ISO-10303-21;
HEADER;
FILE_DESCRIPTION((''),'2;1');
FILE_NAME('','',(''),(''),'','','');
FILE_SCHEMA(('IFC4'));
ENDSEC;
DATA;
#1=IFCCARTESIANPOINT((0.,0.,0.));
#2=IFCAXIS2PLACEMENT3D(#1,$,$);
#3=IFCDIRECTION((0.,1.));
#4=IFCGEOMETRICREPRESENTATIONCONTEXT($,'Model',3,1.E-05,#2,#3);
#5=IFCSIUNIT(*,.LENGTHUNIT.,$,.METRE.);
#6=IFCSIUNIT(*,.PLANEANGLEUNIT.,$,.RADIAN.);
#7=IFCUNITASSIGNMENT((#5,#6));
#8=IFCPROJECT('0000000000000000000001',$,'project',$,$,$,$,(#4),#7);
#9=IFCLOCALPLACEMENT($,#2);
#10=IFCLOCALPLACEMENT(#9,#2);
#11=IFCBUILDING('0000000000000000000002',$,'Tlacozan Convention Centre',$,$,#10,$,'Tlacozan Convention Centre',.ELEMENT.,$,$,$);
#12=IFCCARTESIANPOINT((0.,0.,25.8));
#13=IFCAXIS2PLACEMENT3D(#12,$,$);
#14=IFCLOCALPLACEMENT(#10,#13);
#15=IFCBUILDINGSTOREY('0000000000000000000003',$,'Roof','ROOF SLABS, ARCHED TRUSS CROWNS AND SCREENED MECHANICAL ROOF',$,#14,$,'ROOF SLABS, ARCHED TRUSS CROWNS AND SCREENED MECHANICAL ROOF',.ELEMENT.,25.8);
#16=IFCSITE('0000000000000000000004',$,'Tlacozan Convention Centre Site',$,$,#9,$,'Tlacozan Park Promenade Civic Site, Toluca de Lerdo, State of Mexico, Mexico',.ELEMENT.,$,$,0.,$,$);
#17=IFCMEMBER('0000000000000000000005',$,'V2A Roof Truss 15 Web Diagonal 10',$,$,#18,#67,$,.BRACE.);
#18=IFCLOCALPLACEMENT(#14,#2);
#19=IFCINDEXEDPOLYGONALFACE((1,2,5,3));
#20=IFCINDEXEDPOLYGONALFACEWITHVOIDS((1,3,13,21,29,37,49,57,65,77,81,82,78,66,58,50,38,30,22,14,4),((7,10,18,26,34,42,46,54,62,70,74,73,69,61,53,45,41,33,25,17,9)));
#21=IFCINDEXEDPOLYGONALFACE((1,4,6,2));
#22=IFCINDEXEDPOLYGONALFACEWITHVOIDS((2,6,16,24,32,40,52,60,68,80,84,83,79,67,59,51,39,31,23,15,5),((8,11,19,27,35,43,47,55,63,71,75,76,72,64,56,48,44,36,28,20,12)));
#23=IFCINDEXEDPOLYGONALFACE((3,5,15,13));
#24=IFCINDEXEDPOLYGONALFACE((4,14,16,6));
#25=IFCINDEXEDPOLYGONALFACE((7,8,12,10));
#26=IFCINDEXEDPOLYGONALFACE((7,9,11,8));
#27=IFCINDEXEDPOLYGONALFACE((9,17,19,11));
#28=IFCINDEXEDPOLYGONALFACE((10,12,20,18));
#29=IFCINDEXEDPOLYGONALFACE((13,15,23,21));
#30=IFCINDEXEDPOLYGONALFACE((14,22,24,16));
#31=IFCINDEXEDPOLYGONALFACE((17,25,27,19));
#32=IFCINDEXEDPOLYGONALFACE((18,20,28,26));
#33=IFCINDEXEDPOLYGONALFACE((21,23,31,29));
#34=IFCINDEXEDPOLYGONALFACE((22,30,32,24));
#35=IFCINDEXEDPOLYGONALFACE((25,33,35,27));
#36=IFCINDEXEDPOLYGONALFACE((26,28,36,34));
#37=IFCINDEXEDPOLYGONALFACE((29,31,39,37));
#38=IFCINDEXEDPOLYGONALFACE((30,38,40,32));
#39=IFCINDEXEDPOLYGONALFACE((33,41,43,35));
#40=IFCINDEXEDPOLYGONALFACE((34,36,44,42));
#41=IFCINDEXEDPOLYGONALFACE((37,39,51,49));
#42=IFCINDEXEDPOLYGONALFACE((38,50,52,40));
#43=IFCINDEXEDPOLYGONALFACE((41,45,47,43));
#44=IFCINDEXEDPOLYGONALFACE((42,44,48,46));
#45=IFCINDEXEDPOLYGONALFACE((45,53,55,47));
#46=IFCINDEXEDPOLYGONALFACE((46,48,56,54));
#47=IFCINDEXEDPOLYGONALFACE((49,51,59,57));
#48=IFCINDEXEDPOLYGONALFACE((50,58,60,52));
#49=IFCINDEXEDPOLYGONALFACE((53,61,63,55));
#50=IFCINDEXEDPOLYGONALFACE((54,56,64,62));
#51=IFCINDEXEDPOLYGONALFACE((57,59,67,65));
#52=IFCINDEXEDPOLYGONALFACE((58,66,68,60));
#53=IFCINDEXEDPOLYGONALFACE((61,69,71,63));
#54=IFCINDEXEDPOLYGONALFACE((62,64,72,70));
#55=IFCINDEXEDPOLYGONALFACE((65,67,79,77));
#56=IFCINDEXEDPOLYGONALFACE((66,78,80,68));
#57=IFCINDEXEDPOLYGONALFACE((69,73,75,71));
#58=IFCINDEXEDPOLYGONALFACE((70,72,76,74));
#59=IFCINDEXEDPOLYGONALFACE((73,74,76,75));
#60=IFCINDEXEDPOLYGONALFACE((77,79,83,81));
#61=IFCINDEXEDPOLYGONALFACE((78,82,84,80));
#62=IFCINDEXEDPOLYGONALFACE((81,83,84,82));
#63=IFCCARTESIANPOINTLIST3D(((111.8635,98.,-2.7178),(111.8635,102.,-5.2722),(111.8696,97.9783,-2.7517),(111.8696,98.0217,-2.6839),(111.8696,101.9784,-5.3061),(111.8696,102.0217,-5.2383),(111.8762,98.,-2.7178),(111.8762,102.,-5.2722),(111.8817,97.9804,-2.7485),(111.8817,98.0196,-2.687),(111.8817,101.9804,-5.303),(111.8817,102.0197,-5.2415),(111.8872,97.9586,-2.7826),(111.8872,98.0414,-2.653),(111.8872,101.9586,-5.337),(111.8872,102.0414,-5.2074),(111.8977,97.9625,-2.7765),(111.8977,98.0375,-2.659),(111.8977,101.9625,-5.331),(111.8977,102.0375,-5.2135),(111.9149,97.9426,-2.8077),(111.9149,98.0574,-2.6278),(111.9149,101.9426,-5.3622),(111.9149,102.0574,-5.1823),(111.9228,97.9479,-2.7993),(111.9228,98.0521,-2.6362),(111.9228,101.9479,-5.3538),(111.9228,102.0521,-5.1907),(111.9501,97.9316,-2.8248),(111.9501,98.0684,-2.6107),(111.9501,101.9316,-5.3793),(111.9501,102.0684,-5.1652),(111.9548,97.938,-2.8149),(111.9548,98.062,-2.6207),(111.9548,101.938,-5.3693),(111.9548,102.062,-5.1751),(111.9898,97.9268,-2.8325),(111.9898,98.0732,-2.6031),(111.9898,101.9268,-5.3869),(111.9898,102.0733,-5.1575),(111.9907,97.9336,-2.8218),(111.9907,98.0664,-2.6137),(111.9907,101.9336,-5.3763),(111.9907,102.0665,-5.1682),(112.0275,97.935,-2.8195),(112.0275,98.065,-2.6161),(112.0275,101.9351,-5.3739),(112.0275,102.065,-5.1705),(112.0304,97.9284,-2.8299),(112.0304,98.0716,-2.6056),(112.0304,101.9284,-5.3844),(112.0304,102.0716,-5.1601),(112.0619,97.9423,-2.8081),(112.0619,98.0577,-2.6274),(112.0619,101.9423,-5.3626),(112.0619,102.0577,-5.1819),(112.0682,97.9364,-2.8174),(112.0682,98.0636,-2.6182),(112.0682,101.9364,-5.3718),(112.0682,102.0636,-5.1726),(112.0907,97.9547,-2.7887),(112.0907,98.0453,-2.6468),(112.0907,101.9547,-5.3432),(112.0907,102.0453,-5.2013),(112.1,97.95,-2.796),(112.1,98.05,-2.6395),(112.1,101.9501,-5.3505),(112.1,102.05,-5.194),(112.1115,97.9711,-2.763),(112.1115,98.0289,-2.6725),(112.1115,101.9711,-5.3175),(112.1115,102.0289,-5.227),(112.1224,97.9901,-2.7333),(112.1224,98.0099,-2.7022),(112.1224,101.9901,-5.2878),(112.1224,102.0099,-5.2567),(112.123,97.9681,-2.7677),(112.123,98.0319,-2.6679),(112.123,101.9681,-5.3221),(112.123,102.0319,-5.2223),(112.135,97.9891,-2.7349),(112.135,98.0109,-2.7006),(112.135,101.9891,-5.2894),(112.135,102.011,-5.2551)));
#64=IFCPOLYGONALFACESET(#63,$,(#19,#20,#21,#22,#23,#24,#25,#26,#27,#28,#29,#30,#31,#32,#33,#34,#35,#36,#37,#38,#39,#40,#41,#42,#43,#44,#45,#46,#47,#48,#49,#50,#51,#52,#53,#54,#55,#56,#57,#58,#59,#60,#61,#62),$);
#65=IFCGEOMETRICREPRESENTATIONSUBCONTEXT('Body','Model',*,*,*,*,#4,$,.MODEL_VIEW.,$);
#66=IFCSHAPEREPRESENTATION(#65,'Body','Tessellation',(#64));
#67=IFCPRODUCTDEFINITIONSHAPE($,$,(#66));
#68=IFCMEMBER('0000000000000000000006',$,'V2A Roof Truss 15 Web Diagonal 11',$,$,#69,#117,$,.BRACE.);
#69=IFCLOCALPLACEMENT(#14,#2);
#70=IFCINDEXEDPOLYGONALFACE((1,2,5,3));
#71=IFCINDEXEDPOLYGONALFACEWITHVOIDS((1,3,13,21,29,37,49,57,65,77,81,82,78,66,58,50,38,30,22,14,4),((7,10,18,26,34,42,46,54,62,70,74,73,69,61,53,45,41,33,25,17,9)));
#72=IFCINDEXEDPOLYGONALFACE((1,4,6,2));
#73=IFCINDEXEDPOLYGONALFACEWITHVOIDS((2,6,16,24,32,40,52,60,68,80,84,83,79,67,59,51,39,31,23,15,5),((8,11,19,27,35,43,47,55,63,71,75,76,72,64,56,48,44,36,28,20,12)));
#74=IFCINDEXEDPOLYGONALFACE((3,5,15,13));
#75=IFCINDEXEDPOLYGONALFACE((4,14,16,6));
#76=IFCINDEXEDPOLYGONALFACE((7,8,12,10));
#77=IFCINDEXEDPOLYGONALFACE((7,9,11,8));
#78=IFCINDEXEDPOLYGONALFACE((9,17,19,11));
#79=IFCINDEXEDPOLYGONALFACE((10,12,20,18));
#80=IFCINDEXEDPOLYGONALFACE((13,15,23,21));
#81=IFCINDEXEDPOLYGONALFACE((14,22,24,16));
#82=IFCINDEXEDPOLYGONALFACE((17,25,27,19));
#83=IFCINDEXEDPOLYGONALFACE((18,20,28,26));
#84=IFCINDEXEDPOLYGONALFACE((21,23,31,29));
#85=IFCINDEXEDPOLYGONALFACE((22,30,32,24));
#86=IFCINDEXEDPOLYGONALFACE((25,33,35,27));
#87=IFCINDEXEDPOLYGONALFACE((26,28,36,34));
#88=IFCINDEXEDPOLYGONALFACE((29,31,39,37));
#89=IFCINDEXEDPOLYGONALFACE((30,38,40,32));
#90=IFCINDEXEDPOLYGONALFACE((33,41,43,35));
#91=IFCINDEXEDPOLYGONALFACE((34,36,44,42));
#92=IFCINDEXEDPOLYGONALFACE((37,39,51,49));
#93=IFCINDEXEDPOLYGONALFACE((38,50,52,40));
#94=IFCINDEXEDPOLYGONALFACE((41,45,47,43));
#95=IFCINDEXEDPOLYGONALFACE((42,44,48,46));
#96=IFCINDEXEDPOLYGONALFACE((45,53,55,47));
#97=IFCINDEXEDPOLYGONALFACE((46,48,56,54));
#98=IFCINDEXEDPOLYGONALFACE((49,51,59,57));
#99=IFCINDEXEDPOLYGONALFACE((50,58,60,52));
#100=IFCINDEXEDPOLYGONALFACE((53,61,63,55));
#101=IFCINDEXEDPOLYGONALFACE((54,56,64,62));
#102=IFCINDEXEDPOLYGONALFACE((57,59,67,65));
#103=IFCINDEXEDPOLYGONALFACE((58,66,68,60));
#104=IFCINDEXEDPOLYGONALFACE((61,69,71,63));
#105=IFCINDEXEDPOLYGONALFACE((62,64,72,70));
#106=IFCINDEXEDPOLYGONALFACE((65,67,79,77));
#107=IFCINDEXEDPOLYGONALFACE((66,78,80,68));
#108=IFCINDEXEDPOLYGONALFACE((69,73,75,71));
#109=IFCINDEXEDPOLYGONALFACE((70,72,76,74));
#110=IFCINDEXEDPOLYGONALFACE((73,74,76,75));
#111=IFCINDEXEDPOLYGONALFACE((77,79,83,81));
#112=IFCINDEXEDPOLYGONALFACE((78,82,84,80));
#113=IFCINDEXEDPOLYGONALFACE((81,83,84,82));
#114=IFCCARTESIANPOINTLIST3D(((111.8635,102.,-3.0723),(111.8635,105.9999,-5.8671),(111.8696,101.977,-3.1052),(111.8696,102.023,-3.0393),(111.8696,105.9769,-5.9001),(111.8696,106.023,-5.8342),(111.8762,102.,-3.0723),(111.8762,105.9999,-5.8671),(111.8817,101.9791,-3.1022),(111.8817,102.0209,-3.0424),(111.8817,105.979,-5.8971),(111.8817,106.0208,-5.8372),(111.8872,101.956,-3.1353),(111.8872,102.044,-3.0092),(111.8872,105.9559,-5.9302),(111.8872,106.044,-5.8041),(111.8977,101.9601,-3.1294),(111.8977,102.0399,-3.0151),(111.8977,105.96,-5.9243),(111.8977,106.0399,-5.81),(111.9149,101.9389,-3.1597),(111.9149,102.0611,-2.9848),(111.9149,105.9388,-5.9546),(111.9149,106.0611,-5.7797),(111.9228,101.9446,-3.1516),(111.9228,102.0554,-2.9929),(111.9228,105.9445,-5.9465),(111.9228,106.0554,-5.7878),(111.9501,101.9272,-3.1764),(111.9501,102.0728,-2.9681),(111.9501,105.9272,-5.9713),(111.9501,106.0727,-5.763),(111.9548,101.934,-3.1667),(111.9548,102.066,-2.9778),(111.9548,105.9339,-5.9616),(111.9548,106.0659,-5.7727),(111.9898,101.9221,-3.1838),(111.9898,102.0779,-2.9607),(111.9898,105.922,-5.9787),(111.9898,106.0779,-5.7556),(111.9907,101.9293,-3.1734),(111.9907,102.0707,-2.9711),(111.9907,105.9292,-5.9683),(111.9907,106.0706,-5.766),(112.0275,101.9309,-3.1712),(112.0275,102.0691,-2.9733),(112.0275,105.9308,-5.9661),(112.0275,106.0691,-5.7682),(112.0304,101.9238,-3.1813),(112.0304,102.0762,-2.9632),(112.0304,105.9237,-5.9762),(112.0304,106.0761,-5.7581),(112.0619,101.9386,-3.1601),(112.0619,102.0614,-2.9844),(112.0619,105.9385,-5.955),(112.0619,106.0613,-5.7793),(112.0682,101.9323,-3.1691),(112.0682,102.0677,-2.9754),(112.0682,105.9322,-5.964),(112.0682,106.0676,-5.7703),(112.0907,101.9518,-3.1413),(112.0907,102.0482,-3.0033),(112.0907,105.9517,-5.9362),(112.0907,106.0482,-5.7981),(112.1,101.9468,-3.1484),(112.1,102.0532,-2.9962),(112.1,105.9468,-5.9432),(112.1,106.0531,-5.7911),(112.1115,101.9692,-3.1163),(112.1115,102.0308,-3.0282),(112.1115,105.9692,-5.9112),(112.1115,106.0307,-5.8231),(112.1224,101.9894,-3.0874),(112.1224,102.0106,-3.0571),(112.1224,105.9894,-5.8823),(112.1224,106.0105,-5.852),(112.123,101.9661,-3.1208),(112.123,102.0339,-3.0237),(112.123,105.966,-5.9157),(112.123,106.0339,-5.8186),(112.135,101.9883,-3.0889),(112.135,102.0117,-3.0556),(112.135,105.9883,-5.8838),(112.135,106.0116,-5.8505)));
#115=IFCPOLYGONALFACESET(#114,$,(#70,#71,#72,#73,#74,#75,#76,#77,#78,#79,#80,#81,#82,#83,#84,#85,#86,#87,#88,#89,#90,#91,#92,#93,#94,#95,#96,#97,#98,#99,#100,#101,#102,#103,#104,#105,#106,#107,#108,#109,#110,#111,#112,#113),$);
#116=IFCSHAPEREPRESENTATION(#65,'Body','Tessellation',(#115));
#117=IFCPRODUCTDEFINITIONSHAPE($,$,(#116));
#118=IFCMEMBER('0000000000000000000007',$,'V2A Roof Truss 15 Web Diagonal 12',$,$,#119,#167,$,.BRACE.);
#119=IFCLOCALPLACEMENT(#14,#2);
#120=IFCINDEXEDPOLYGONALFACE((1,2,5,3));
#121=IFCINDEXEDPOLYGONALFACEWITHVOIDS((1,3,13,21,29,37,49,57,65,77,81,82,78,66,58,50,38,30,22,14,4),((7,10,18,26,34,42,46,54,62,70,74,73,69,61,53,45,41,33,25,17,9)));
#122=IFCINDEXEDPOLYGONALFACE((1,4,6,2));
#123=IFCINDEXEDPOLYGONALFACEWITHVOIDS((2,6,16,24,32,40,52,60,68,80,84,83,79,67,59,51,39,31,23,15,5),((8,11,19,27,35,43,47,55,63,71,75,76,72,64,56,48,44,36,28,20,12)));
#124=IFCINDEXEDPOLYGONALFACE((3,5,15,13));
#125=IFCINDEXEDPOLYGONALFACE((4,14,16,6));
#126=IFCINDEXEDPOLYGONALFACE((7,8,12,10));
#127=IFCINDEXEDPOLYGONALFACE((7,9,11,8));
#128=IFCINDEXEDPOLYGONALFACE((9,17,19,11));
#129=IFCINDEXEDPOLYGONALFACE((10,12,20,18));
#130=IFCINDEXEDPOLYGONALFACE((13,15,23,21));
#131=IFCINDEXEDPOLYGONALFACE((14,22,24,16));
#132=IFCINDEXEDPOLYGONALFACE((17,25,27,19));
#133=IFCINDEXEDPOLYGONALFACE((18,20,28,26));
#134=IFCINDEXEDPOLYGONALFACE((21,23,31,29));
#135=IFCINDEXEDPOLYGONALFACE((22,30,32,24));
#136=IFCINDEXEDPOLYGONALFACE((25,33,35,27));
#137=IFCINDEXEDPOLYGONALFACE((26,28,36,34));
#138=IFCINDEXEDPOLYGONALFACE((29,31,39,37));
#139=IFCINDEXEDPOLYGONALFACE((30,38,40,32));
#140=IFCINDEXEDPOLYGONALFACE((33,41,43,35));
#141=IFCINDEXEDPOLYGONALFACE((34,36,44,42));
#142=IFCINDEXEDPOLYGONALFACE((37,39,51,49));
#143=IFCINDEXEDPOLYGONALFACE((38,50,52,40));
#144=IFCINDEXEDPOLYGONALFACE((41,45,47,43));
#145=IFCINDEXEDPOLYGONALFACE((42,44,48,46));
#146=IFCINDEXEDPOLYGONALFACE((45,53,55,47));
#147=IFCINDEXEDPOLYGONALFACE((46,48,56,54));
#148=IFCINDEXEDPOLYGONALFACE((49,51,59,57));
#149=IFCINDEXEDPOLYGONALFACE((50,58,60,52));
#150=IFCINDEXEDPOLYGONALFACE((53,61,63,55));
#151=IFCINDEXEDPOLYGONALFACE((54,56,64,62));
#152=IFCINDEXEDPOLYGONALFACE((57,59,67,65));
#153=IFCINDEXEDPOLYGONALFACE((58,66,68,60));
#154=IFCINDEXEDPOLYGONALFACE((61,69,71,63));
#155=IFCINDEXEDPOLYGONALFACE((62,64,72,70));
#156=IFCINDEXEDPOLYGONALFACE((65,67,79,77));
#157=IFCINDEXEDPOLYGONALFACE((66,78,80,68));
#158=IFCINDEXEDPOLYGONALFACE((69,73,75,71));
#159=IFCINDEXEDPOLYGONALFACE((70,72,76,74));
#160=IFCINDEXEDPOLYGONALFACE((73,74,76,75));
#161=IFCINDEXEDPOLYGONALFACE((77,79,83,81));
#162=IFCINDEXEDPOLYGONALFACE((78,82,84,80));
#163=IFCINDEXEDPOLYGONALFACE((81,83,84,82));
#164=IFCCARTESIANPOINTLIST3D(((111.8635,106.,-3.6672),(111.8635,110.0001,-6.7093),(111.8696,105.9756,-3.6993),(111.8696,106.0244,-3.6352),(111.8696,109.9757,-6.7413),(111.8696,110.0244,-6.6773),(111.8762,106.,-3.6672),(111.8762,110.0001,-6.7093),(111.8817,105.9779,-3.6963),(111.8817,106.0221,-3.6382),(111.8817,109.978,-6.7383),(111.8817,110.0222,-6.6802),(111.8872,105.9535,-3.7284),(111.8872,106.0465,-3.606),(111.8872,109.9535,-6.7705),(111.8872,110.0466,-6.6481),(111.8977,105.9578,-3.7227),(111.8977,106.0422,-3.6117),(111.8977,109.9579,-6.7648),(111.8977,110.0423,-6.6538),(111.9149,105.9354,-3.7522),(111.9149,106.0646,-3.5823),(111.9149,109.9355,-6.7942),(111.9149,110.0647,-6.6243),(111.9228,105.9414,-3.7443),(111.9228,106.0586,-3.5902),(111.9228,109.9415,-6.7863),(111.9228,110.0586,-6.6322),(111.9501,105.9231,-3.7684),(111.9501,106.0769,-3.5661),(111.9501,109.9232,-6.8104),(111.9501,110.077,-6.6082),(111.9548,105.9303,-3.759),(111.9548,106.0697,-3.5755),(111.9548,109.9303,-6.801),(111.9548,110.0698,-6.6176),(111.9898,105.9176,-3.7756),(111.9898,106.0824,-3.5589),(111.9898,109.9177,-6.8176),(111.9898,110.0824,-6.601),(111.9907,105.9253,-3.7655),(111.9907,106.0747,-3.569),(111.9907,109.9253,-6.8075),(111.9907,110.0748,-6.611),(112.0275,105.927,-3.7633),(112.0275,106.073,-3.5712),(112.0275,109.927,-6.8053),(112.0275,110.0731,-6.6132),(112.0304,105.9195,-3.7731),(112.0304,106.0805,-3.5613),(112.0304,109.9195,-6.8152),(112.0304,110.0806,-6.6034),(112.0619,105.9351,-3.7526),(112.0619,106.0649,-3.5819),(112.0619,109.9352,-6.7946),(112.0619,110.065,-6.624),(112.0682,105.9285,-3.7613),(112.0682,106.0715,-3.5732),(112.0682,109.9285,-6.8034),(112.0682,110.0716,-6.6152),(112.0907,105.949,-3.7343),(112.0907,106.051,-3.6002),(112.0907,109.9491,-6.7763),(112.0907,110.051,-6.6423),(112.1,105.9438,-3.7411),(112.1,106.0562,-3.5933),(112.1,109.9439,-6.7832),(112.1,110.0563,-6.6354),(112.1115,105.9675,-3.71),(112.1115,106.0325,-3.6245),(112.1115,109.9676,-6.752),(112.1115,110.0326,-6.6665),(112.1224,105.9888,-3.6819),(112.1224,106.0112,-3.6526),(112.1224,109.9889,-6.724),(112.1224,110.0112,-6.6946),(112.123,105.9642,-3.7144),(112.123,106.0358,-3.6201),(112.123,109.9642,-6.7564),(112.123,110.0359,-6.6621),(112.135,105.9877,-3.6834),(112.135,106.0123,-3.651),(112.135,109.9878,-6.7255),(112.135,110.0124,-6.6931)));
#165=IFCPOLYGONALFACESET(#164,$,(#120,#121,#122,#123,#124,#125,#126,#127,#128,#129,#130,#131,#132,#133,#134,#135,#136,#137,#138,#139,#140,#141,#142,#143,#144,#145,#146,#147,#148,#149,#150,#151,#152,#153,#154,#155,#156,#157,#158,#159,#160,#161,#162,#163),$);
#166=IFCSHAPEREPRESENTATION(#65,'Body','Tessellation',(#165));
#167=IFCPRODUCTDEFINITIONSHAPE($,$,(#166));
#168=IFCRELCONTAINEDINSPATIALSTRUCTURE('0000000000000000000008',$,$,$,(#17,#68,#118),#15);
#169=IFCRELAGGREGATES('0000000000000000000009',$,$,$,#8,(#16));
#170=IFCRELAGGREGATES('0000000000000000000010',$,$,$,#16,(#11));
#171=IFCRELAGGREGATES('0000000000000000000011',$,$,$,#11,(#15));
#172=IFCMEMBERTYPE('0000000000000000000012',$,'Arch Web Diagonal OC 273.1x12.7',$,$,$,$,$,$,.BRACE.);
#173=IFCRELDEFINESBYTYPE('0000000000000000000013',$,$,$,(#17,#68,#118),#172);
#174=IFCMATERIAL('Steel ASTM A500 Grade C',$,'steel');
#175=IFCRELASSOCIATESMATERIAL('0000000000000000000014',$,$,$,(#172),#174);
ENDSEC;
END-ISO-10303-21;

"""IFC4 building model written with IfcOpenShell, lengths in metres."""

from ifc_helpers import new_model, si_unit, direction, frame, origin, origin_2d, place, context, subcontext, project, spatial, hollow_circle, extrude, material, material_profile, profile_set, type_object, element, save


model = new_model("IFC4")

# Units and contexts
model_context = context("Model", 3, precision=1e-05, world=origin(), true_north=direction((0.0, 1.0)))
body_context = subcontext(model_context, "Body", "Model", "MODEL_VIEW")
ifc_project = project(units=[si_unit("LENGTHUNIT", "METRE"), si_unit("PLANEANGLEUNIT", "RADIAN")], contexts=[model_context])

# Site, building, storey
site_placement = place(None, origin())
site = spatial("IfcSite", under=ifc_project, at=site_placement, Name="Tlacozan Convention Centre Site", LongName="Tlacozan Park Promenade Civic Site, Toluca de Lerdo, State of Mexico, Mexico", CompositionType="ELEMENT", RefElevation=0.0)
building_placement = place(site_placement, origin())
building = spatial("IfcBuilding", under=site, at=building_placement, Name="Tlacozan Convention Centre", LongName="Tlacozan Convention Centre", CompositionType="ELEMENT")
storey_placement = place(building_placement, frame((0.0, 0.0, 25.8)))
storey = spatial("IfcBuildingStorey", under=building, at=storey_placement, Name="Roof", Description="ROOF SLABS, ARCHED TRUSS CROWNS AND SCREENED MECHANICAL ROOF", LongName="ROOF SLABS, ARCHED TRUSS CROWNS AND SCREENED MECHANICAL ROOF", CompositionType="ELEMENT", Elevation=25.8)

# Members
ifc_material_1 = material(Name="Steel ASTM A500 Grade C", Category="steel")
ifc_material_profile_1 = material_profile(ifc_material_1, hollow_circle(Radius=0.1365, WallThickness=0.0127, at=origin_2d()), Name="OC 273.1x12.7")
ifc_profile_set_1 = profile_set([ifc_material_profile_1], Name="Steel ASTM A500 Grade C")
member_type_1 = type_object("IfcMemberType", Name="Arch Web Diagonal OC 273.1x12.7", PredefinedType="BRACE", material=ifc_profile_set_1)
member_1_placement = place(storey_placement, frame((112.0, 98.0, -2.7178), z_axis=(0.0, 0.842803, -0.538223), x_axis=(-1.0, 0.0, 0.0)))
element("IfcMember", 1, at=member_1_placement, inside=storey, type_object=member_type_1, Name="V2A Roof Truss 15 Web Diagonal 10", PredefinedType="BRACE", context=body_context, shape_type="SweptSolid", body=[
    extrude(hollow_circle(Radius=0.1365, WallThickness=0.0127, at=origin_2d()), origin(), (0.0, 0.0, 1.0), 4.7461),
])
member_2_placement = place(storey_placement, frame((112.0, 102.0, -3.0723), z_axis=(0.0, 0.819721, -0.572764), x_axis=(-1.0, 0.0, 0.0)))
element("IfcMember", 2, at=member_2_placement, inside=storey, type_object=member_type_1, Name="V2A Roof Truss 15 Web Diagonal 11", PredefinedType="BRACE", context=body_context, shape_type="SweptSolid", body=[
    extrude(hollow_circle(Radius=0.1365, WallThickness=0.0127, at=origin_2d()), origin(), (0.0, 0.0, 1.0), 4.8796),
])
member_3_placement = place(storey_placement, frame((112.0, 106.0, -3.6672), z_axis=(0.0, 0.795971, -0.605335), x_axis=(-1.0, 0.0, 0.0)))
element("IfcMember", 3, at=member_3_placement, inside=storey, type_object=member_type_1, Name="V2A Roof Truss 15 Web Diagonal 12", PredefinedType="BRACE", context=body_context, shape_type="SweptSolid", body=[
    extrude(hollow_circle(Radius=0.1365, WallThickness=0.0127, at=origin_2d()), origin(), (0.0, 0.0, 1.0), 5.0254),
])

save(model, "model.ifc")
